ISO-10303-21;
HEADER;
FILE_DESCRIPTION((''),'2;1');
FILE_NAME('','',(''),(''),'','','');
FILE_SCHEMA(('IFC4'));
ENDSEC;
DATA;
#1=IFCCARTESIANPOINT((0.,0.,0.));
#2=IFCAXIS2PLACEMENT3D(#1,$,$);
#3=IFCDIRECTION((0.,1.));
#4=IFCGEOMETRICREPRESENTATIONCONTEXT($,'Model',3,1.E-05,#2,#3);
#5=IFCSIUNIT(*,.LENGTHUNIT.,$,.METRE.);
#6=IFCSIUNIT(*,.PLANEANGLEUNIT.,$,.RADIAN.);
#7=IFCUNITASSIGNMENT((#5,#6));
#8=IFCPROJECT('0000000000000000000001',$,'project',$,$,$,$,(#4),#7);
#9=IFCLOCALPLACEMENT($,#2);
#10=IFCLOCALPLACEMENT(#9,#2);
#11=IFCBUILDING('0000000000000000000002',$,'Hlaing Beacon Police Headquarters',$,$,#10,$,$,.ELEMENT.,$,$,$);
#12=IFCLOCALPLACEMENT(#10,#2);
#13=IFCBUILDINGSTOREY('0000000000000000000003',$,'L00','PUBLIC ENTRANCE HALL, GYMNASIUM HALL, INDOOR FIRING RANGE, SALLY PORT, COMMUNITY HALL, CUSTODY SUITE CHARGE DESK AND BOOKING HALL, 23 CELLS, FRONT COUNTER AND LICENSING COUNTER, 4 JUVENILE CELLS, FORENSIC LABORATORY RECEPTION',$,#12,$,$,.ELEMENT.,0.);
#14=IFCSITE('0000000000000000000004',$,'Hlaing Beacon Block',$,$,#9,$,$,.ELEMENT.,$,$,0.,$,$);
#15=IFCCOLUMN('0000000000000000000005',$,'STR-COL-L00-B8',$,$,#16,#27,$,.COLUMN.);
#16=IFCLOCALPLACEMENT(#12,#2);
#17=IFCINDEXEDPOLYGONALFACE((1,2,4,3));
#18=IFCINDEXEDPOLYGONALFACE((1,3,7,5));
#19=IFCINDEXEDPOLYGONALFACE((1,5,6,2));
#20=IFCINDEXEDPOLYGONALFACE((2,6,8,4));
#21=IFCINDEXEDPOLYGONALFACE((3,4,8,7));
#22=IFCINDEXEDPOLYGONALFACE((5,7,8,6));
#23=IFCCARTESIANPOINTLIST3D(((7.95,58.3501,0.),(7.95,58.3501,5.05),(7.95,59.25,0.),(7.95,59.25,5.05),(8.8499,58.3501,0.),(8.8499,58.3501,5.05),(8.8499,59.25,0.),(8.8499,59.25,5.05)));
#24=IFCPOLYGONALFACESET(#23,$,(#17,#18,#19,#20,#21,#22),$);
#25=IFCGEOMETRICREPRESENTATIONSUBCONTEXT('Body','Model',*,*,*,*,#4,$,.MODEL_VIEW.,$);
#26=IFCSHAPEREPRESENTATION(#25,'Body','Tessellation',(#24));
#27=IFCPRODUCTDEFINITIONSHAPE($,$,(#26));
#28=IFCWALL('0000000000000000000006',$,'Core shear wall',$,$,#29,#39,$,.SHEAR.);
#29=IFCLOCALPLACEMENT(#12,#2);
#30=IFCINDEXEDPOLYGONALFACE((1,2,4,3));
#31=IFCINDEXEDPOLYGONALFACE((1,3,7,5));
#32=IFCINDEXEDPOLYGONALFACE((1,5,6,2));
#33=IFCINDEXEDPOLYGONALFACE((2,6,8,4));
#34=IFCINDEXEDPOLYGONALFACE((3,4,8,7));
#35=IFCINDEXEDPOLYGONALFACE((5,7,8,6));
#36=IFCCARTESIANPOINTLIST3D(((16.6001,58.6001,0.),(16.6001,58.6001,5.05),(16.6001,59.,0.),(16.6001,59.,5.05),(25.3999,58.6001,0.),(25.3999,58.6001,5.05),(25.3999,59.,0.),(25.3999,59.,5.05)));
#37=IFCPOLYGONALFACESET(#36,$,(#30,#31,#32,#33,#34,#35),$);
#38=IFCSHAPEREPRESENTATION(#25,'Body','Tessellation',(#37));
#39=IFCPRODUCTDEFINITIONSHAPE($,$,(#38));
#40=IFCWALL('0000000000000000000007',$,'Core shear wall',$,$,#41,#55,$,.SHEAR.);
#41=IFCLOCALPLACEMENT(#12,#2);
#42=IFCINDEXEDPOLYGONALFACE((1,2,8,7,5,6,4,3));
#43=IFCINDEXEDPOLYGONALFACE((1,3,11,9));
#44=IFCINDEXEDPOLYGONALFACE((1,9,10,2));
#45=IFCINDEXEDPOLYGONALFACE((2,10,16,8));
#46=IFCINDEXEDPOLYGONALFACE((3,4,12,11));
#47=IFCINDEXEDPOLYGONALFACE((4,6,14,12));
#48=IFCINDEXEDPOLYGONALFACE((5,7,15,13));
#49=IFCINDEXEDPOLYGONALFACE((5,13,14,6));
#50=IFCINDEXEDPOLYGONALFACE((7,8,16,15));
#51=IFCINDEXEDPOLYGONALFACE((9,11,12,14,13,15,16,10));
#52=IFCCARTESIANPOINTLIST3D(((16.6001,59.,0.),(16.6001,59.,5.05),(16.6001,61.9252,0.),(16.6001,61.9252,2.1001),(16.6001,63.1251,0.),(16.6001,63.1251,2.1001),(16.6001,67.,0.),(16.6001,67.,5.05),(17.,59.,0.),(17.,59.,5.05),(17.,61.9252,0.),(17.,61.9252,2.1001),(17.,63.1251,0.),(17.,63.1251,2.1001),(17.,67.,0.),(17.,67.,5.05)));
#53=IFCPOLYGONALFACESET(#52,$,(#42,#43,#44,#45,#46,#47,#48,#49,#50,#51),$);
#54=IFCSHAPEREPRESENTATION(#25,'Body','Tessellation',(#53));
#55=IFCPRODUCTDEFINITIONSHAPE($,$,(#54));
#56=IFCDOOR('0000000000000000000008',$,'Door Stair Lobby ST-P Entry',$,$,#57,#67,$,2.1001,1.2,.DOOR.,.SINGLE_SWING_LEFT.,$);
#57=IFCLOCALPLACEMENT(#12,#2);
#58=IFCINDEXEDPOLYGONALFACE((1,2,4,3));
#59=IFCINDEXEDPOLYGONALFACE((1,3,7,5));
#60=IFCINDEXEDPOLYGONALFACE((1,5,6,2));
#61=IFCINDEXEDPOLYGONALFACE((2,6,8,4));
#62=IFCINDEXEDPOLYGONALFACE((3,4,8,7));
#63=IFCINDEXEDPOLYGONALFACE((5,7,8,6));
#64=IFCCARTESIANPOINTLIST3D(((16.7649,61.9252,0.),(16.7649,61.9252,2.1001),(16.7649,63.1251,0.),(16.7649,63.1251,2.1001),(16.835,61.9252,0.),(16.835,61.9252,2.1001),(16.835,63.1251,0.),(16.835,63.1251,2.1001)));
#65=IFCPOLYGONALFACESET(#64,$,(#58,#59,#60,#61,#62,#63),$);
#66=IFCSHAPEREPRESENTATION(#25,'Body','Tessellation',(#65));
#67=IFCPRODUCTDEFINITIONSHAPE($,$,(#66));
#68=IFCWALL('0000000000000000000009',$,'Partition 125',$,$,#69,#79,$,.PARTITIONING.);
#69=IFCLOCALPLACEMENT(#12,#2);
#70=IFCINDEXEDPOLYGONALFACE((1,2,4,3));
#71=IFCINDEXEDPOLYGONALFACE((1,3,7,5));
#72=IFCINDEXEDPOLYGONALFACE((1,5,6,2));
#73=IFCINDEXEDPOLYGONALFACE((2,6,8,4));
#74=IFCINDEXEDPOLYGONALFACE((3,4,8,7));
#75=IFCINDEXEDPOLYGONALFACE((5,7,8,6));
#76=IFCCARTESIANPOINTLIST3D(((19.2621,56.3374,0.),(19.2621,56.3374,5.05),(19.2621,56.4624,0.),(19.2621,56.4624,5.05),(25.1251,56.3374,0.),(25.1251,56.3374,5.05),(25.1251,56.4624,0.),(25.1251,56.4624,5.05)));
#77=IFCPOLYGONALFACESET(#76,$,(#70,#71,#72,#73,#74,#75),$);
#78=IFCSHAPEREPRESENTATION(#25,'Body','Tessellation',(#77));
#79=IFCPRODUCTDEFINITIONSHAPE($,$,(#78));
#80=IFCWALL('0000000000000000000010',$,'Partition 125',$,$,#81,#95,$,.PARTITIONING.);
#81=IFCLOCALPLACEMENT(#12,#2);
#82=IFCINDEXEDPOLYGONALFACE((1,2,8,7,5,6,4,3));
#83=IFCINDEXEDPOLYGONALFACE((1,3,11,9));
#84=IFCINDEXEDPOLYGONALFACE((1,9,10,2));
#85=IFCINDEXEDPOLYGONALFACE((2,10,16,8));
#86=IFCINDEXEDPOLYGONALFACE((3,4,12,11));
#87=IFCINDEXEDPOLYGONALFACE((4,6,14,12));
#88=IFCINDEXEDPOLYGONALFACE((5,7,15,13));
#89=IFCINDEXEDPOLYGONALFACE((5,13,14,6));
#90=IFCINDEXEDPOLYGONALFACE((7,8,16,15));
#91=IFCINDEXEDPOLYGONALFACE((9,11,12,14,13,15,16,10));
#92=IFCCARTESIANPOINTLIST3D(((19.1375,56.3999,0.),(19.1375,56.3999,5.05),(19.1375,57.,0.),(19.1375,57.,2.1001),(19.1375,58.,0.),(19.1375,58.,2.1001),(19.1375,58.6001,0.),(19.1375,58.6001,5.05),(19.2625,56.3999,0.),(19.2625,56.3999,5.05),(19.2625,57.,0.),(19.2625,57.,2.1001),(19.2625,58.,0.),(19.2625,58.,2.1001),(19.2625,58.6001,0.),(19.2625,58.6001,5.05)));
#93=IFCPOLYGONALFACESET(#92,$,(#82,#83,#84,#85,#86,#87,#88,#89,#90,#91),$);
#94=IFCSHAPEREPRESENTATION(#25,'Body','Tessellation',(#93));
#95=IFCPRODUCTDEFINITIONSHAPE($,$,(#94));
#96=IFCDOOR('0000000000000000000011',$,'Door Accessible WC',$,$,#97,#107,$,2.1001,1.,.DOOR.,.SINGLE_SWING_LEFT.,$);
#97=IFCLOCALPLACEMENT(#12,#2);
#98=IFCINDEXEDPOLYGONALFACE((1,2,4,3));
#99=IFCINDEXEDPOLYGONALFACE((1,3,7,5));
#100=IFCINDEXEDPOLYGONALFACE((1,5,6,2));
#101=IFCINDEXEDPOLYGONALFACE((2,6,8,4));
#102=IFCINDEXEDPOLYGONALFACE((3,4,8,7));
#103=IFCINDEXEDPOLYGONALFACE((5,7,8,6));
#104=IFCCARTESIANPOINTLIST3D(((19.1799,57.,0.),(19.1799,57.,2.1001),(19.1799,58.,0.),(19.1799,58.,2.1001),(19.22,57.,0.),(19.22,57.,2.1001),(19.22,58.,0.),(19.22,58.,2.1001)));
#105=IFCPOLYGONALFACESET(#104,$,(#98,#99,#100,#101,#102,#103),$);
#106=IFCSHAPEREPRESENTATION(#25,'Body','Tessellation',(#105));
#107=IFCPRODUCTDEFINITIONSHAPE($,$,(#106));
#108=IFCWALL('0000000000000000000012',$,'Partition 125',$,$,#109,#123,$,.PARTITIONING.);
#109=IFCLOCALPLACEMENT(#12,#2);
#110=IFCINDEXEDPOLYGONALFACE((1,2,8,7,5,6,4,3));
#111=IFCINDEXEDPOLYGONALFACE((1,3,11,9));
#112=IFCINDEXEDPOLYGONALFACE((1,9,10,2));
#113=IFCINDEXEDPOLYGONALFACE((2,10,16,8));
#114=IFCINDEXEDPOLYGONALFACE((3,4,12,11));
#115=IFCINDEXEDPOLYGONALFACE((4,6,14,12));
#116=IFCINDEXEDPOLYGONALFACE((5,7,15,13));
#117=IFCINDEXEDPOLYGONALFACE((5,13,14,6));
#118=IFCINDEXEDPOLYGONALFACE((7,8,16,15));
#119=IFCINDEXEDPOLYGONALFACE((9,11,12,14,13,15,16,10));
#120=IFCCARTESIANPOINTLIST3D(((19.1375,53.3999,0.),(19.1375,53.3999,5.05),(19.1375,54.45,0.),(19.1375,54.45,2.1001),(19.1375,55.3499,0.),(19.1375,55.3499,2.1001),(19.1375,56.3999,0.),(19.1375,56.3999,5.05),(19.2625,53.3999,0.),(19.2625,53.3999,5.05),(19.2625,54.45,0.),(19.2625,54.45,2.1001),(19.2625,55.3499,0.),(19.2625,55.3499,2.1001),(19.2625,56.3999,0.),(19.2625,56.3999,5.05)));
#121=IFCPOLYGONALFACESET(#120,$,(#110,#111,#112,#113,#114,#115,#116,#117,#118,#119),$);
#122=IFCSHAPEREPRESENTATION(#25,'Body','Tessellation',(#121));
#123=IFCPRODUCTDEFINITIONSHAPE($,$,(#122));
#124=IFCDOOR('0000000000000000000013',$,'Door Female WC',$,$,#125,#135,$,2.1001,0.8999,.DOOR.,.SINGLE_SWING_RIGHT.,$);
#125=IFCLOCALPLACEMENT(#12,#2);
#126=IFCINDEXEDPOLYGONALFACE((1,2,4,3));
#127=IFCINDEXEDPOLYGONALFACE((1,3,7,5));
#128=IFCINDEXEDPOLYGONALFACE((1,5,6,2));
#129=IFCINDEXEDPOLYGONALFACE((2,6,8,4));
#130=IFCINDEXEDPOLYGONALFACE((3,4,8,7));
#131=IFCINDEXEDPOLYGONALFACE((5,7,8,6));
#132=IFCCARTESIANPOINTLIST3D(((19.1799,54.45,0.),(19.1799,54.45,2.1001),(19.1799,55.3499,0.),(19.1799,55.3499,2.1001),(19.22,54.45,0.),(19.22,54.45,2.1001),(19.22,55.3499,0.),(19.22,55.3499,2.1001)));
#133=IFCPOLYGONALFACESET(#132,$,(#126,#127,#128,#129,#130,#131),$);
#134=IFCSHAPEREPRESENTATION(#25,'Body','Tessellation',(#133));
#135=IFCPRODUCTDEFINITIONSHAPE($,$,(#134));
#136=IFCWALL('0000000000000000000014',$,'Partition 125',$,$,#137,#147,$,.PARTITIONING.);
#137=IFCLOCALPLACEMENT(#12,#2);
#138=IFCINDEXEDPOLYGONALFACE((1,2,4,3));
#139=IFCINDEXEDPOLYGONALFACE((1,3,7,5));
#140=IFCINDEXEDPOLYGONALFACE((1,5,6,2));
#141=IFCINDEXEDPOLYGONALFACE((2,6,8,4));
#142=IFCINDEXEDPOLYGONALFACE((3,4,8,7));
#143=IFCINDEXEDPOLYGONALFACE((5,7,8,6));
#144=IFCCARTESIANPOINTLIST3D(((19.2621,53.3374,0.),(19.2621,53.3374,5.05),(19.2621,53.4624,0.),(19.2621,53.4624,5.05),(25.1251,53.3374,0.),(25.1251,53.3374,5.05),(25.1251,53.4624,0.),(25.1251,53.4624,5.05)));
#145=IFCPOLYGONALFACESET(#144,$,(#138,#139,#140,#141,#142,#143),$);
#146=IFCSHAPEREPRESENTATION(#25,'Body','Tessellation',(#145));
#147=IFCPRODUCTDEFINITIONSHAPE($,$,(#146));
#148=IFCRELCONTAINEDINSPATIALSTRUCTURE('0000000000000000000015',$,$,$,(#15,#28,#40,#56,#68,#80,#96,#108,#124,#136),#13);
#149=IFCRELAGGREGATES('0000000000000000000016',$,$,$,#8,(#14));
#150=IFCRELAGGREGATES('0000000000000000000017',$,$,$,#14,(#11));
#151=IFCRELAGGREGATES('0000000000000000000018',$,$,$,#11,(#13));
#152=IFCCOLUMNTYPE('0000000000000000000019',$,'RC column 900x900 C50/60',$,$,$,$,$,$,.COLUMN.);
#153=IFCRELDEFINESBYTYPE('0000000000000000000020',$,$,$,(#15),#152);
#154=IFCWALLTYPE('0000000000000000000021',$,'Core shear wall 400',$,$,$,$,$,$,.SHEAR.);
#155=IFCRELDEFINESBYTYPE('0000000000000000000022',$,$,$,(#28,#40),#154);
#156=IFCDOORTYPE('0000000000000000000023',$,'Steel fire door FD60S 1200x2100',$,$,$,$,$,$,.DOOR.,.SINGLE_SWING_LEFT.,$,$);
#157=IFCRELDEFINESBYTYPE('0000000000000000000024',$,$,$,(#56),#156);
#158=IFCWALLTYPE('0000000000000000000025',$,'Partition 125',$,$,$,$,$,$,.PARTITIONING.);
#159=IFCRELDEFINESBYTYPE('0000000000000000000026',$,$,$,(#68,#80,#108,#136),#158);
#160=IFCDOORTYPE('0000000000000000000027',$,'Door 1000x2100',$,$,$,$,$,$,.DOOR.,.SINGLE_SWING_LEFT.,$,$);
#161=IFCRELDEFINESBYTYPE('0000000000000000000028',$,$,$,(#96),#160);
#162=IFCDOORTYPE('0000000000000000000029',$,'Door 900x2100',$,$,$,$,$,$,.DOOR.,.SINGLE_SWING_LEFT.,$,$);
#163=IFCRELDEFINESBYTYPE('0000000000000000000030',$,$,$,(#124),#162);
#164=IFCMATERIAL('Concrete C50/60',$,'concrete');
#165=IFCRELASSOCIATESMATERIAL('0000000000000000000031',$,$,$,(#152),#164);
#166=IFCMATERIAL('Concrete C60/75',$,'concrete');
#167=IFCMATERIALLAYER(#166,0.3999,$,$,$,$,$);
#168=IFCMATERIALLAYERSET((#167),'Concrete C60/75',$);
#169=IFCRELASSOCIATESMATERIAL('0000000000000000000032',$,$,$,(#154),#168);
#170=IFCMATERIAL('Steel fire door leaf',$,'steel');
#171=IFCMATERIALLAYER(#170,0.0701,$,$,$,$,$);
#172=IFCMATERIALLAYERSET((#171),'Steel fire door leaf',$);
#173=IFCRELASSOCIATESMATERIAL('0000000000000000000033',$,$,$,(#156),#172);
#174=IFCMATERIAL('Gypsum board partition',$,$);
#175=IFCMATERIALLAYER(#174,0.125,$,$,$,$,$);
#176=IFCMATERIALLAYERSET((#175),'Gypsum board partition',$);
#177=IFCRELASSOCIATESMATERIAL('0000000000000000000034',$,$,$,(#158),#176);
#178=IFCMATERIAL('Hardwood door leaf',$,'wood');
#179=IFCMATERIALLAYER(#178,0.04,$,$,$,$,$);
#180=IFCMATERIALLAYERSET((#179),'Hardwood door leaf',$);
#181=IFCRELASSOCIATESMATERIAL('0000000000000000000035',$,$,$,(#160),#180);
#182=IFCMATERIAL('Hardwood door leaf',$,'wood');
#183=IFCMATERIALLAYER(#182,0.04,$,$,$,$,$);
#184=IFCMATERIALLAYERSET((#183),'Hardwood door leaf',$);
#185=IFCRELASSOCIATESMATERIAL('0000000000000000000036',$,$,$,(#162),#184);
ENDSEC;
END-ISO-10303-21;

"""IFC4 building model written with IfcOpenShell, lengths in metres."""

from ifc_helpers import new_model, si_unit, direction, frame, frame_2d, origin, origin_2d, place, context, subcontext, project, spatial, rectangle, extrude, material, layer, layer_set, material_profile, profile_set, type_object, element, fill, save


model = new_model("IFC4")

# Units and contexts
model_context = context("Model", 3, precision=1e-05, world=origin(), true_north=direction((0.0, 1.0)))
body_context = subcontext(model_context, "Body", "Model", "MODEL_VIEW")
ifc_project = project(units=[si_unit("LENGTHUNIT", "METRE"), si_unit("PLANEANGLEUNIT", "RADIAN")], contexts=[model_context])

# Site, building, storey
site_placement = place(None, origin())
site = spatial("IfcSite", under=ifc_project, at=site_placement, Name="Hlaing Beacon Block", CompositionType="ELEMENT", RefElevation=0.0)
building_placement = place(site_placement, origin())
building = spatial("IfcBuilding", under=site, at=building_placement, Name="Hlaing Beacon Police Headquarters", CompositionType="ELEMENT")
storey_placement = place(building_placement, origin())
storey = spatial("IfcBuildingStorey", under=building, at=storey_placement, Name="L00", Description="PUBLIC ENTRANCE HALL, GYMNASIUM HALL, INDOOR FIRING RANGE, SALLY PORT, COMMUNITY HALL, CUSTODY SUITE CHARGE DESK AND BOOKING HALL, 23 CELLS, FRONT COUNTER AND LICENSING COUNTER, 4 JUVENILE CELLS, FORENSIC LABORATORY RECEPTION", CompositionType="ELEMENT", Elevation=0.0)

# Column
ifc_material_1 = material(Name="Concrete C50/60", Category="concrete")
ifc_material_profile = material_profile(ifc_material_1, rectangle(XDim=0.8999, YDim=0.8999, at=origin_2d()), Name="900x900")
ifc_profile_set = profile_set([ifc_material_profile], Name="Concrete C50/60")
column_type = type_object("IfcColumnType", Name="RC column 900x900 C50/60", PredefinedType="COLUMN", material=ifc_profile_set)
column_placement = place(storey_placement, frame((8.3999, 58.8, 0.0), z_axis=(0.0, 0.0, 1.0), x_axis=(1.0, 0.0, 0.0)))
element("IfcColumn", 1, at=column_placement, inside=storey, type_object=column_type, Name="STR-COL-L00-B8", PredefinedType="COLUMN", context=body_context, shape_type="SweptSolid", body=[
    extrude(rectangle(XDim=0.8999, YDim=0.8999, at=origin_2d()), origin(), (0.0, 0.0, 1.0), 5.05),
])

# Wall
ifc_material_2 = material(Name="Concrete C60/75", Category="concrete")
ifc_layer_1 = layer(ifc_material_2, 0.3999)
ifc_layer_set_1 = layer_set([ifc_layer_1], Name="Concrete C60/75")
wall_type_1 = type_object("IfcWallType", Name="Core shear wall 400", PredefinedType="SHEAR", material=ifc_layer_set_1)
wall_1_placement = place(storey_placement, frame((16.6001, 58.8, 0.0), z_axis=(0.0, 0.0, 1.0), x_axis=(1.0, 0.0, 0.0)))
element("IfcWall", 2, at=wall_1_placement, inside=storey, type_object=wall_type_1, Name="Core shear wall", PredefinedType="SHEAR", context=body_context, shape_type="SweptSolid", body=[
    extrude(rectangle(XDim=8.7998, YDim=0.3999, at=frame_2d((4.3999, 0.0))), origin(), (0.0, 0.0, 1.0), 5.05),
])

# Wall, opening, door
wall_2_placement = place(storey_placement, frame((16.8, 59.0, 0.0), z_axis=(0.0, 0.0, 1.0), x_axis=(0.0, 1.0, 0.0)))
wall_2 = element("IfcWall", 3, at=wall_2_placement, inside=storey, type_object=wall_type_1, Name="Core shear wall", PredefinedType="SHEAR", context=body_context, shape_type="SweptSolid", body=[
    extrude(rectangle(XDim=8.0, YDim=0.3999, at=frame_2d((4.0, 0.0))), origin(), (0.0, 0.0, 1.0), 5.05),
])
opening_1_placement = place(wall_2_placement, frame((2.925, 0.0, 0.0)))
opening_1 = element("IfcOpeningElement", 4, at=opening_1_placement, cuts=wall_2, PredefinedType="OPENING", context=body_context, shape_type="SweptSolid", body=[
    extrude(rectangle(XDim=1.2, YDim=2.1001, at=frame_2d((0.6001, 1.05))), frame((0.0, 0.21, 0.0), z_axis=(0.0, -1.0, 0.0), x_axis=(1.0, 0.0, 0.0)), (0.0, 0.0, 1.0), 0.4199),
])
ifc_material_3 = material(Name="Steel fire door leaf", Category="steel")
ifc_layer_2 = layer(ifc_material_3, 0.0701)
ifc_layer_set_2 = layer_set([ifc_layer_2], Name="Steel fire door leaf")
door_type_1 = type_object("IfcDoorType", Name="Steel fire door FD60S 1200x2100", OperationType="SINGLE_SWING_LEFT", PredefinedType="DOOR", material=ifc_layer_set_2)
door_1_placement = place(opening_1_placement, frame((1.2, 0.0, 0.0), z_axis=(0.0, 0.0, 1.0), x_axis=(-1.0, 0.0, 0.0)))
door_1 = element("IfcDoor", 5, at=door_1_placement, inside=storey, type_object=door_type_1, Name="Door Stair Lobby ST-P Entry", OperationType="SINGLE_SWING_LEFT", OverallHeight=2.1001, OverallWidth=1.2, PredefinedType="DOOR", context=body_context, shape_type="SweptSolid", body=[
    extrude(rectangle(XDim=1.2, YDim=2.1001, at=frame_2d((0.5999, 1.05))), frame((0.0, 0.0349, 0.0), z_axis=(0.0, -1.0, 0.0), x_axis=(1.0, 0.0, 0.0)), (0.0, 0.0, 1.0), 0.0701),
])
fill(opening_1, door_1)

# Wall
ifc_material_4 = material(Name="Gypsum board partition")
ifc_layer_3 = layer(ifc_material_4, 0.125)
ifc_layer_set_3 = layer_set([ifc_layer_3], Name="Gypsum board partition")
wall_type_2 = type_object("IfcWallType", Name="Partition 125", PredefinedType="PARTITIONING", material=ifc_layer_set_3)
wall_3_placement = place(storey_placement, frame((19.262, 56.3999, 0.0), z_axis=(0.0, 0.0, 1.0), x_axis=(1.0, 0.0, 0.0)))
element("IfcWall", 6, at=wall_3_placement, inside=storey, type_object=wall_type_2, Name="Partition 125", PredefinedType="PARTITIONING", context=body_context, shape_type="SweptSolid", body=[
    extrude(rectangle(XDim=5.863, YDim=0.125, at=frame_2d((2.9316, 0.0))), origin(), (0.0, 0.0, 1.0), 5.05),
])

# Walls, openings, doors
wall_4_placement = place(storey_placement, frame((19.2, 56.3999, 0.0), z_axis=(0.0, 0.0, 1.0), x_axis=(0.0, 1.0, 0.0)))
wall_4 = element("IfcWall", 7, at=wall_4_placement, inside=storey, type_object=wall_type_2, Name="Partition 125", PredefinedType="PARTITIONING", context=body_context, shape_type="SweptSolid", body=[
    extrude(rectangle(XDim=2.2002, YDim=0.125, at=frame_2d((1.1001, 0.0))), origin(), (0.0, 0.0, 1.0), 5.05),
])
opening_2_placement = place(wall_4_placement, frame((0.6001, 0.0, 0.0)))
opening_2 = element("IfcOpeningElement", 8, at=opening_2_placement, cuts=wall_4, PredefinedType="OPENING", context=body_context, shape_type="SweptSolid", body=[
    extrude(rectangle(XDim=1.0, YDim=2.1001, at=frame_2d((0.5, 1.05))), frame((0.0, 0.0725, 0.0), z_axis=(0.0, -1.0, 0.0), x_axis=(1.0, 0.0, 0.0)), (0.0, 0.0, 1.0), 0.145),
])
ifc_material_5 = material(Name="Hardwood door leaf", Category="wood")
ifc_layer_4 = layer(ifc_material_5, 0.04)
ifc_layer_set_4 = layer_set([ifc_layer_4], Name="Hardwood door leaf")
door_type_2 = type_object("IfcDoorType", Name="Door 1000x2100", OperationType="SINGLE_SWING_LEFT", PredefinedType="DOOR", material=ifc_layer_set_4)
door_2_placement = place(opening_2_placement, frame((1.0, 0.0, 0.0), z_axis=(0.0, 0.0, 1.0), x_axis=(-1.0, 0.0, 0.0)))
door_2 = element("IfcDoor", 9, at=door_2_placement, inside=storey, type_object=door_type_2, Name="Door Accessible WC", OperationType="SINGLE_SWING_LEFT", OverallHeight=2.1001, OverallWidth=1.0, PredefinedType="DOOR", context=body_context, shape_type="SweptSolid", body=[
    extrude(rectangle(XDim=1.0, YDim=2.1001, at=frame_2d((0.5, 1.05))), frame((0.0, 0.02, 0.0), z_axis=(0.0, -1.0, 0.0), x_axis=(1.0, 0.0, 0.0)), (0.0, 0.0, 1.0), 0.04),
])
fill(opening_2, door_2)
wall_5_placement = place(storey_placement, frame((19.2, 53.3999, 0.0), z_axis=(0.0, 0.0, 1.0), x_axis=(0.0, 1.0, 0.0)))
wall_5 = element("IfcWall", 10, at=wall_5_placement, inside=storey, type_object=wall_type_2, Name="Partition 125", PredefinedType="PARTITIONING", context=body_context, shape_type="SweptSolid", body=[
    extrude(rectangle(XDim=3.0, YDim=0.125, at=frame_2d((1.5, 0.0))), origin(), (0.0, 0.0, 1.0), 5.05),
])
opening_3_placement = place(wall_5_placement, frame((1.05, 0.0, 0.0)))
opening_3 = element("IfcOpeningElement", 11, at=opening_3_placement, cuts=wall_5, PredefinedType="OPENING", context=body_context, shape_type="SweptSolid", body=[
    extrude(rectangle(XDim=0.8999, YDim=2.1001, at=frame_2d((0.45, 1.05))), frame((0.0, 0.0725, 0.0), z_axis=(0.0, -1.0, 0.0), x_axis=(1.0, 0.0, 0.0)), (0.0, 0.0, 1.0), 0.145),
])
ifc_material_6 = material(Name="Hardwood door leaf", Category="wood")
ifc_layer_5 = layer(ifc_material_6, 0.04)
ifc_layer_set_5 = layer_set([ifc_layer_5], Name="Hardwood door leaf")
door_type_3 = type_object("IfcDoorType", Name="Door 900x2100", OperationType="SINGLE_SWING_LEFT", PredefinedType="DOOR", material=ifc_layer_set_5)
door_3_placement = place(opening_3_placement, frame((0.8999, 0.0, 0.0), z_axis=(0.0, 0.0, 1.0), x_axis=(-1.0, 0.0, 0.0)))
door_3 = element("IfcDoor", 12, at=door_3_placement, inside=storey, type_object=door_type_3, Name="Door Female WC", OperationType="SINGLE_SWING_RIGHT", OverallHeight=2.1001, OverallWidth=0.8999, PredefinedType="DOOR", context=body_context, shape_type="SweptSolid", body=[
    extrude(rectangle(XDim=0.8999, YDim=2.1001, at=frame_2d((0.45, 1.05))), frame((0.0, 0.02, 0.0), z_axis=(0.0, -1.0, 0.0), x_axis=(1.0, 0.0, 0.0)), (0.0, 0.0, 1.0), 0.04),
])
fill(opening_3, door_3)

# Wall
wall_6_placement = place(storey_placement, frame((19.262, 53.3999, 0.0), z_axis=(0.0, 0.0, 1.0), x_axis=(1.0, 0.0, 0.0)))
element("IfcWall", 13, at=wall_6_placement, inside=storey, type_object=wall_type_2, Name="Partition 125", PredefinedType="PARTITIONING", context=body_context, shape_type="SweptSolid", body=[
    extrude(rectangle(XDim=5.863, YDim=0.125, at=frame_2d((2.9316, 0.0))), origin(), (0.0, 0.0, 1.0), 5.05),
])

save(model, "model.ifc")
